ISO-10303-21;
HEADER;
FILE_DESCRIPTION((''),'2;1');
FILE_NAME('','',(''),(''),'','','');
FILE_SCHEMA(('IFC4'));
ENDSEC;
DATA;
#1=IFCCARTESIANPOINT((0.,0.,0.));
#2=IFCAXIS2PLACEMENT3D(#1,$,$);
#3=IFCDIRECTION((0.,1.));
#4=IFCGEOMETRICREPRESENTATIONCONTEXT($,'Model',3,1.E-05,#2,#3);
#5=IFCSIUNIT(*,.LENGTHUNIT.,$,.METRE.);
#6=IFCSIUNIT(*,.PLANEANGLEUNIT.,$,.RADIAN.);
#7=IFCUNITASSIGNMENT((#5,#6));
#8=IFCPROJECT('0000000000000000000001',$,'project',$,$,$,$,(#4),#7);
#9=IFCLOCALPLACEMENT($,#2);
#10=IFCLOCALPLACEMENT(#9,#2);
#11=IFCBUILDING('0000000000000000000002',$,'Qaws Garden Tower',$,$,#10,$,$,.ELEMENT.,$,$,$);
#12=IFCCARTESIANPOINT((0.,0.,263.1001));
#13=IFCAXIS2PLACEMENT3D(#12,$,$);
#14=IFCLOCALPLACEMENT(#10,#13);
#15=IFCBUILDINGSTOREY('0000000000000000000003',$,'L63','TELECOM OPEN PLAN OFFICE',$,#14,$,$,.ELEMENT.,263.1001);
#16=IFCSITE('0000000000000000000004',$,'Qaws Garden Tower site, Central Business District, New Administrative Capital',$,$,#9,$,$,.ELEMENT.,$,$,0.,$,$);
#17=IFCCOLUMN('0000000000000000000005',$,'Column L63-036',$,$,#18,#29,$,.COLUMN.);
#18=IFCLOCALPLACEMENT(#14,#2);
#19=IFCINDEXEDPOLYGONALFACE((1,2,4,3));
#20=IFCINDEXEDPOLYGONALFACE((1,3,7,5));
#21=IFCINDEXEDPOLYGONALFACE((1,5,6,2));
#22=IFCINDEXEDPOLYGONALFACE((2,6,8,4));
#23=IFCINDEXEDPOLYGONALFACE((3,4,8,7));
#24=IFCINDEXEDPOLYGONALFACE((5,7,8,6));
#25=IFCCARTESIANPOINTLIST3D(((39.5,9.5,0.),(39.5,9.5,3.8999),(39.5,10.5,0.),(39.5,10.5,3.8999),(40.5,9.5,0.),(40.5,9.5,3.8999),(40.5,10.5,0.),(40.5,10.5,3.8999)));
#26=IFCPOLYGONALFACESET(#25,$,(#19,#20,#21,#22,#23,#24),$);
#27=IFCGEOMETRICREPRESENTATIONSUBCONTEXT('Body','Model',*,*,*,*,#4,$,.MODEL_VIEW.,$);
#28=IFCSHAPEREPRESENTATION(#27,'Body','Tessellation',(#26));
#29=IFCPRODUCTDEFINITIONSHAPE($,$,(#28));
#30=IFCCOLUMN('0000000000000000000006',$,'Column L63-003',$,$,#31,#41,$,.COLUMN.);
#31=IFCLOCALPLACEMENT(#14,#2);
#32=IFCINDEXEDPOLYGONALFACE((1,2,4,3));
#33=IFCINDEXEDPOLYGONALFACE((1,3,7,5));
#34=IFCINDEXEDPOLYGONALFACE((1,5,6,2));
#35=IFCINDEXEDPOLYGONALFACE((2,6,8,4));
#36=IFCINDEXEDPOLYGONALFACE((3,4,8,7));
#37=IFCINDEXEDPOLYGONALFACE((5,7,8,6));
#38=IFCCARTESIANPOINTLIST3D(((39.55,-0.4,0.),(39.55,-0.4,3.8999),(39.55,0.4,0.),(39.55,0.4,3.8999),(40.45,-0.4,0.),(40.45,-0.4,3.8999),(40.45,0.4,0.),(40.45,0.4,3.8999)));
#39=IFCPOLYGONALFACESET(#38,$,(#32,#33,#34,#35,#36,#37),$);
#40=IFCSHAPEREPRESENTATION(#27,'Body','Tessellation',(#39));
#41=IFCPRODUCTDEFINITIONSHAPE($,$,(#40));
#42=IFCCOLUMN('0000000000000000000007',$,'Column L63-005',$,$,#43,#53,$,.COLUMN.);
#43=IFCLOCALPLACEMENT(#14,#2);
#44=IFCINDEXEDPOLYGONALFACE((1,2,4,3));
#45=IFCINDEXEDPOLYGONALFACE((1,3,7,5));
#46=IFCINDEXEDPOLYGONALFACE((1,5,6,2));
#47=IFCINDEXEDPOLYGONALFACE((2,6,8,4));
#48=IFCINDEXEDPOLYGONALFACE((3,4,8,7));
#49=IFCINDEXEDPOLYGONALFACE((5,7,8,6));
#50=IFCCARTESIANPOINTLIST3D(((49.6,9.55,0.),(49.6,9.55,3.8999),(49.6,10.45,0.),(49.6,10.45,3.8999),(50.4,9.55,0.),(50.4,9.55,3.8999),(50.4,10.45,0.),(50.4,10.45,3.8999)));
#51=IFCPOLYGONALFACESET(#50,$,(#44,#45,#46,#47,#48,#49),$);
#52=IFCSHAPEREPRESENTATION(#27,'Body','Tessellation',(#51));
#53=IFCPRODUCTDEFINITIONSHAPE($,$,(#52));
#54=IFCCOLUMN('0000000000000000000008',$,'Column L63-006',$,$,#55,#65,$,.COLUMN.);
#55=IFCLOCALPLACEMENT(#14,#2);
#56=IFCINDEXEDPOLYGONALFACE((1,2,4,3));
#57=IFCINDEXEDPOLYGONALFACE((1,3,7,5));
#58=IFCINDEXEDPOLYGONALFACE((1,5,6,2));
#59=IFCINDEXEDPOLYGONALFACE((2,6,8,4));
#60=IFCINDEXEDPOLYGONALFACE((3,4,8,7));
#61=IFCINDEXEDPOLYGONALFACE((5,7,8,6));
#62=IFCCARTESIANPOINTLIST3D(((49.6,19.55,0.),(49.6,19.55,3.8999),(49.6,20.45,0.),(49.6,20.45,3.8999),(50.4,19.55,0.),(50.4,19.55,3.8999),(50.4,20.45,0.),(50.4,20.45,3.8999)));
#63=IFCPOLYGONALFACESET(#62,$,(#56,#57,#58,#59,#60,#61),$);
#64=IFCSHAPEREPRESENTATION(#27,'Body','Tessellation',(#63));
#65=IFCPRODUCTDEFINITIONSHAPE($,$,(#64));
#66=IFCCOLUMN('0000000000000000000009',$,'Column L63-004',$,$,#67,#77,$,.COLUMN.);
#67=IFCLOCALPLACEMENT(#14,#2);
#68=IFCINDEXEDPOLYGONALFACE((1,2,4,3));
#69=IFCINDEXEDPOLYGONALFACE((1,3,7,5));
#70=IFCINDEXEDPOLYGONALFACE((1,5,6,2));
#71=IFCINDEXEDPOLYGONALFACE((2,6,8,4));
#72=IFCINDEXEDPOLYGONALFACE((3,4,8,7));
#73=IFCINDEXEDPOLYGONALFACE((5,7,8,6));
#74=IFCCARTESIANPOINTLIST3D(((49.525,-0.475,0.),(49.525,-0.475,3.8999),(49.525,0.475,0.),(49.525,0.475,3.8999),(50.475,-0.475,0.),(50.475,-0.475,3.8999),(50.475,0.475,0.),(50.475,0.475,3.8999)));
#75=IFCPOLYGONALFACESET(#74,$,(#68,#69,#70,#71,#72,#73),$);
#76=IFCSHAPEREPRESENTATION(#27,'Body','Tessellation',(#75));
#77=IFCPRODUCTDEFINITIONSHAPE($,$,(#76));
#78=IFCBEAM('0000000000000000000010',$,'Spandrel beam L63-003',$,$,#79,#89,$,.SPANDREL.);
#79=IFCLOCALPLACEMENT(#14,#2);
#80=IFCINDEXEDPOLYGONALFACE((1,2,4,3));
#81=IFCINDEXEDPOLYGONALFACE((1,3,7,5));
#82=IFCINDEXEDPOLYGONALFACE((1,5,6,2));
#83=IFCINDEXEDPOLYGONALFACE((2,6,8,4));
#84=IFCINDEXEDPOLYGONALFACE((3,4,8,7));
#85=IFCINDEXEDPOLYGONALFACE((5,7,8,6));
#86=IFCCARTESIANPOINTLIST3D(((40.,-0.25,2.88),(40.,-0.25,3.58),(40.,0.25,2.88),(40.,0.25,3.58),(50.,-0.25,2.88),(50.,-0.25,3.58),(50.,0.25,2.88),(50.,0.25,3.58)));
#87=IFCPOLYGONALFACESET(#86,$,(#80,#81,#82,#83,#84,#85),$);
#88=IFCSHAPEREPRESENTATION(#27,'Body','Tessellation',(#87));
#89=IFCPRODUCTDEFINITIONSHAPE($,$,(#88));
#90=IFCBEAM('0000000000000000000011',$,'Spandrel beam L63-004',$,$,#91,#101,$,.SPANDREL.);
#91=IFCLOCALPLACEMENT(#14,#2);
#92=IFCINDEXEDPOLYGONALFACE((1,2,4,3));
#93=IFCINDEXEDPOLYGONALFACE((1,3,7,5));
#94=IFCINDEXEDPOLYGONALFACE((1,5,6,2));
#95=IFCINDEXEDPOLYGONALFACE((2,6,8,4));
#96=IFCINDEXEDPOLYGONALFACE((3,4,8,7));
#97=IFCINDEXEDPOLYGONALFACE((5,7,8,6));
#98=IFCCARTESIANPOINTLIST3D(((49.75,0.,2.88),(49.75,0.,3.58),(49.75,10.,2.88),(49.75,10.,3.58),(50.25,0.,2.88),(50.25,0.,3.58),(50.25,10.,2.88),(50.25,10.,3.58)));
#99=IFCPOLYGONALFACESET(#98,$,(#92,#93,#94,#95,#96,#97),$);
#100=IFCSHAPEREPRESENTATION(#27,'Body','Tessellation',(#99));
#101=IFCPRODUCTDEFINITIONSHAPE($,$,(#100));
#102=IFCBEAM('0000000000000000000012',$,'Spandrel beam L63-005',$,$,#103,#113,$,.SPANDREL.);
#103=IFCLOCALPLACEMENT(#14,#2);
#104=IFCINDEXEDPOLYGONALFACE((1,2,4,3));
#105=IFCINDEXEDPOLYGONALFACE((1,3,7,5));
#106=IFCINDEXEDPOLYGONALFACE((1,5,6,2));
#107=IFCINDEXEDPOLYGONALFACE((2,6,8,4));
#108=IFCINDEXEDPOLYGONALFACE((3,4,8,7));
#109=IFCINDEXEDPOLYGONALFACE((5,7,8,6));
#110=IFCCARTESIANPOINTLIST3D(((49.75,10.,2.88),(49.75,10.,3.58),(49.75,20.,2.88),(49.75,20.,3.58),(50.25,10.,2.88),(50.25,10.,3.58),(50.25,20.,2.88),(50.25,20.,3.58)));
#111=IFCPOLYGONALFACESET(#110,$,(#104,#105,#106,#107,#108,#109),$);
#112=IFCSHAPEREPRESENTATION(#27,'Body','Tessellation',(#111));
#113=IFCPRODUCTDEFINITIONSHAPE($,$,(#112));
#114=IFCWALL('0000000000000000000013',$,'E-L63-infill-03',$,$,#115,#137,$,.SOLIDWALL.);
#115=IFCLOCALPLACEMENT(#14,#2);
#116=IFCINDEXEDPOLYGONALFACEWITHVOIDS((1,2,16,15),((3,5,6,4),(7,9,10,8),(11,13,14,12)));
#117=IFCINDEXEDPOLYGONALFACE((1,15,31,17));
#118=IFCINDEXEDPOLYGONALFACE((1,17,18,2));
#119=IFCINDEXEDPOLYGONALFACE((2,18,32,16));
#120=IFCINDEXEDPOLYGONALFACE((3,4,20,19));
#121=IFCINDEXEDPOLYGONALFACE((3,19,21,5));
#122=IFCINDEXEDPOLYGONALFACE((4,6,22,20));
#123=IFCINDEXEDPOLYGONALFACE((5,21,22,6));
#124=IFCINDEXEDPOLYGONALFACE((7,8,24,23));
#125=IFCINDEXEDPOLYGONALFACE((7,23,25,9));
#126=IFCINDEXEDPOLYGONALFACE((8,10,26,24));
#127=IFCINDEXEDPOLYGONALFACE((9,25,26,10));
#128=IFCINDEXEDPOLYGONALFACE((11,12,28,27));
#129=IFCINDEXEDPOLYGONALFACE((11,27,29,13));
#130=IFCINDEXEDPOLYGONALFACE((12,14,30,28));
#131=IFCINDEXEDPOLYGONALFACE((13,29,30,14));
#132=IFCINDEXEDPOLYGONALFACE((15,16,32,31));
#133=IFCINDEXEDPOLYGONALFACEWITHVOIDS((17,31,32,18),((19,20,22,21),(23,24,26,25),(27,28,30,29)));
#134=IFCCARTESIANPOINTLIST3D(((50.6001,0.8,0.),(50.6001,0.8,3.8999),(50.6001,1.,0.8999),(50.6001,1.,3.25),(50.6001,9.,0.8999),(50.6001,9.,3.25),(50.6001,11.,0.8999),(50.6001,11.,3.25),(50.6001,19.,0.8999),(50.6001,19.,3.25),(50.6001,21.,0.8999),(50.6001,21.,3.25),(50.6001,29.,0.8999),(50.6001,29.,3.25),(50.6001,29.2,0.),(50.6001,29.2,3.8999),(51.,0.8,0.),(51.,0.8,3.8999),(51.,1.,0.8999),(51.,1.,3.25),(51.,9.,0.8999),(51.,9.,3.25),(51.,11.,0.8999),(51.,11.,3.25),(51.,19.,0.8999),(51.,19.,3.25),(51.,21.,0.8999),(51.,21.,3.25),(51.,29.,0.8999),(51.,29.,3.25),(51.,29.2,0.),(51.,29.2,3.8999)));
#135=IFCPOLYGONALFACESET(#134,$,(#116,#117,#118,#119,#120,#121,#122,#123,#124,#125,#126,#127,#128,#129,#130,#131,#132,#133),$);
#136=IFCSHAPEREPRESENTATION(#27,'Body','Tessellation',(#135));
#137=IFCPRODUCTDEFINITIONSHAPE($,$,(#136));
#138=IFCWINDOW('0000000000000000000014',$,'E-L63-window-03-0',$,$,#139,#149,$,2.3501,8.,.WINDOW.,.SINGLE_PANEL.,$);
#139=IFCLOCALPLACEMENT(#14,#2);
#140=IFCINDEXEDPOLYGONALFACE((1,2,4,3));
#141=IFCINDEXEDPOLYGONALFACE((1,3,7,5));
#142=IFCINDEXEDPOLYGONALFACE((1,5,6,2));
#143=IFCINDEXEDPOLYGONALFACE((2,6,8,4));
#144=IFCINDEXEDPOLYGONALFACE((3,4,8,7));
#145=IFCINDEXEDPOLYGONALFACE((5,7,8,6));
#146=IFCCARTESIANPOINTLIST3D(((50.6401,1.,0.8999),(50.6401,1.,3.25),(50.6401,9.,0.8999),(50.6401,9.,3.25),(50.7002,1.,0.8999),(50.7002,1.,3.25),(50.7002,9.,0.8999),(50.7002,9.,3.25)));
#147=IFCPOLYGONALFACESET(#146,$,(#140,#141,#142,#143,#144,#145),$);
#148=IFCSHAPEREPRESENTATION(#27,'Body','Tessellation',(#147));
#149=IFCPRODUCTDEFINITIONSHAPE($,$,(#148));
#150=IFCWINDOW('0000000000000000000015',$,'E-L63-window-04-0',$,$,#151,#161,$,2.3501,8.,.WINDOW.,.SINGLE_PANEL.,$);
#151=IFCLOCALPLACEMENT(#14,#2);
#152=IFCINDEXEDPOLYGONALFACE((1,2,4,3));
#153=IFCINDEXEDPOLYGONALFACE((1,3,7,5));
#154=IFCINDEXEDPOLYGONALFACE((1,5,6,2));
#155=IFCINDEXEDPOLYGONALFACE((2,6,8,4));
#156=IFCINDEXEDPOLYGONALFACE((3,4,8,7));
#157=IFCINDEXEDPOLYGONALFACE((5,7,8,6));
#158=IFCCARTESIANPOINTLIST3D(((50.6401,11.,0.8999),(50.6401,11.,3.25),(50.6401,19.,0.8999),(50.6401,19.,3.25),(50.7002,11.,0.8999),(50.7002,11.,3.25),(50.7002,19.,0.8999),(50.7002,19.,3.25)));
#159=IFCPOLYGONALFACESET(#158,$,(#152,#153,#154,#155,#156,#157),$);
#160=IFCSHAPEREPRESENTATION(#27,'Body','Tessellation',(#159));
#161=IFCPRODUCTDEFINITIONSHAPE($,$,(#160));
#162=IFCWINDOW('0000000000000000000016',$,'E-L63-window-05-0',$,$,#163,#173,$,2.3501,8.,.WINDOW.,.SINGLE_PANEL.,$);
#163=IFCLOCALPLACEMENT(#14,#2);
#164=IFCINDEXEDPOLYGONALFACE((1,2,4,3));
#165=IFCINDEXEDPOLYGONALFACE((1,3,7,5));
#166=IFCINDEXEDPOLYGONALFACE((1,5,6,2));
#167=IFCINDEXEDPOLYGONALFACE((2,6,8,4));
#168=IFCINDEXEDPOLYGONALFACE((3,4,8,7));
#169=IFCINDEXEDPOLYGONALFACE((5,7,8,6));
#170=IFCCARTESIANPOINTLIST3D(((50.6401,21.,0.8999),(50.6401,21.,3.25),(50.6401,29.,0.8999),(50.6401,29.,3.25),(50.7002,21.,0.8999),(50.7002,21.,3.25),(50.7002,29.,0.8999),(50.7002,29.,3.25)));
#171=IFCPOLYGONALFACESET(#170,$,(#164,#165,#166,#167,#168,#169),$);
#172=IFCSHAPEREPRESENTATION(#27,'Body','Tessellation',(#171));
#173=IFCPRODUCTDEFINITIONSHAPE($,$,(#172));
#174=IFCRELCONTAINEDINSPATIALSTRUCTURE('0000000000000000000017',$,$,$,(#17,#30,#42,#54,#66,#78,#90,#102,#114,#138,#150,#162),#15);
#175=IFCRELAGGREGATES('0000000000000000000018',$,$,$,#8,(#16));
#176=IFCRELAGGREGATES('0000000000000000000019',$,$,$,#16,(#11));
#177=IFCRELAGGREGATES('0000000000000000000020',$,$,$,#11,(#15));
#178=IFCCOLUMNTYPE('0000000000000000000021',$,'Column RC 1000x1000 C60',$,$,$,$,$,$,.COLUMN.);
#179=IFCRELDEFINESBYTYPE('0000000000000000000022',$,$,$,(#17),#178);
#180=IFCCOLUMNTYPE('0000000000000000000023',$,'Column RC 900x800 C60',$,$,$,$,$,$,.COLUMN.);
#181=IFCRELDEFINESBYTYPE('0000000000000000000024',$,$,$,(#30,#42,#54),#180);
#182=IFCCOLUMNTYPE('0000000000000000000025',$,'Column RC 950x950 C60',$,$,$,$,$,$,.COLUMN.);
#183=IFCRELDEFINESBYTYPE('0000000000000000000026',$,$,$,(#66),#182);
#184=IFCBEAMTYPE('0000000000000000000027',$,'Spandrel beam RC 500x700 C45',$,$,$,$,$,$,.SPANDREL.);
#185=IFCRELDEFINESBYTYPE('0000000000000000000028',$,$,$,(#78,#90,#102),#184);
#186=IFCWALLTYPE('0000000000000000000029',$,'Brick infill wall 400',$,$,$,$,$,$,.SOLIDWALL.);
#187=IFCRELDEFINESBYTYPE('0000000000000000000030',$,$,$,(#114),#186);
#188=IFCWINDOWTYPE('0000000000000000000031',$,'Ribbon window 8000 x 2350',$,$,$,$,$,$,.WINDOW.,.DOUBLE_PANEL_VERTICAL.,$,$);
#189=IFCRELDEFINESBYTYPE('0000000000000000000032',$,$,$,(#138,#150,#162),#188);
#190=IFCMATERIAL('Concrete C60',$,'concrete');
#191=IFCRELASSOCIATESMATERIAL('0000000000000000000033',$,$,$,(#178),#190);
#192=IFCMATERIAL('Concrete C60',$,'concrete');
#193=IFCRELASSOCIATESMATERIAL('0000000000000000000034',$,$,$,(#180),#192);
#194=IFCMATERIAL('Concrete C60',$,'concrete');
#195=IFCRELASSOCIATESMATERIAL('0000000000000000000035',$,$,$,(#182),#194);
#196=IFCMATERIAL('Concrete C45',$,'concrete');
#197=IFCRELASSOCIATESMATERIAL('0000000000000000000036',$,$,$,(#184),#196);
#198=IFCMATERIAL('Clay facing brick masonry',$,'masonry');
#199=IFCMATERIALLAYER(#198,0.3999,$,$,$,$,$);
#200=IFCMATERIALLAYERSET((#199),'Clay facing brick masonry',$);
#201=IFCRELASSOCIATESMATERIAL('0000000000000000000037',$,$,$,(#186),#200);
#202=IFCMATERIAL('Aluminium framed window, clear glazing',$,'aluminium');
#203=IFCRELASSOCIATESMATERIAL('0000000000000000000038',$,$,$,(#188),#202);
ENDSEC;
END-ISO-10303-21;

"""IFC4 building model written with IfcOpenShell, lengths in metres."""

from ifc_helpers import new_model, si_unit, direction, frame, frame_2d, origin, origin_2d, place, context, subcontext, project, spatial, rectangle, extrude, material, layer, layer_set, material_profile, profile_set, type_object, element, fill, save


model = new_model("IFC4")

# Units and contexts
model_context = context("Model", 3, precision=1e-05, world=origin(), true_north=direction((0.0, 1.0)))
body_context = subcontext(model_context, "Body", "Model", "MODEL_VIEW")
ifc_project = project(units=[si_unit("LENGTHUNIT", "METRE"), si_unit("PLANEANGLEUNIT", "RADIAN")], contexts=[model_context])

# Site, building, storey
site_placement = place(None, origin())
site = spatial("IfcSite", under=ifc_project, at=site_placement, Name="Qaws Garden Tower site, Central Business District, New Administrative Capital", CompositionType="ELEMENT", RefElevation=0.0)
building_placement = place(site_placement, origin())
building = spatial("IfcBuilding", under=site, at=building_placement, Name="Qaws Garden Tower", CompositionType="ELEMENT")
storey_placement = place(building_placement, frame((0.0, 0.0, 263.1001)))
storey = spatial("IfcBuildingStorey", under=building, at=storey_placement, Name="L63", Description="TELECOM OPEN PLAN OFFICE", CompositionType="ELEMENT", Elevation=263.1001)

# Columns
ifc_material_1 = material(Name="Concrete C60", Category="concrete")
ifc_material_profile_1 = material_profile(ifc_material_1, rectangle(XDim=1.0, YDim=1.0, at=origin_2d()), Name="RC 1000x1000")
ifc_profile_set_1 = profile_set([ifc_material_profile_1], Name="Concrete C60")
column_type_1 = type_object("IfcColumnType", Name="Column RC 1000x1000 C60", PredefinedType="COLUMN", material=ifc_profile_set_1)
column_1_placement = place(storey_placement, frame((40.0, 10.0, 0.0), z_axis=(0.0, 0.0, 1.0), x_axis=(1.0, 0.0, 0.0)))
element("IfcColumn", 1, at=column_1_placement, inside=storey, type_object=column_type_1, Name="Column L63-036", PredefinedType="COLUMN", context=body_context, shape_type="SweptSolid", body=[
    extrude(rectangle(XDim=1.0, YDim=1.0, at=origin_2d()), origin(), (0.0, 0.0, 1.0), 3.8999),
])
ifc_material_2 = material(Name="Concrete C60", Category="concrete")
ifc_material_profile_2 = material_profile(ifc_material_2, rectangle(XDim=0.8999, YDim=0.8, at=origin_2d()), Name="RC 900x800")
ifc_profile_set_2 = profile_set([ifc_material_profile_2], Name="Concrete C60")
column_type_2 = type_object("IfcColumnType", Name="Column RC 900x800 C60", PredefinedType="COLUMN", material=ifc_profile_set_2)
for number, where, z_axis, x_axis, name in (
    (2, (40.0, 0.0, 0.0), (0.0, 0.0, 1.0), (1.0, 0.0, 0.0), "Column L63-003"),
    (3, (50.0, 10.0, 0.0), (0.0, 0.0, 1.0), (0.0, 1.0, 0.0), "Column L63-005"),
    (4, (50.0, 20.0, 0.0), (0.0, 0.0, 1.0), (0.0, 1.0, 0.0), "Column L63-006"),
):
    element("IfcColumn", number, at=place(storey_placement, frame(where, z_axis=z_axis, x_axis=x_axis)), inside=storey, type_object=column_type_2, Name=name, PredefinedType="COLUMN", context=body_context, shape_type="SweptSolid", body=[
        extrude(rectangle(XDim=0.8999, YDim=0.8, at=origin_2d()), origin(), (0.0, 0.0, 1.0), 3.8999),
    ])
ifc_material_3 = material(Name="Concrete C60", Category="concrete")
ifc_material_profile_3 = material_profile(ifc_material_3, rectangle(XDim=0.95, YDim=0.95, at=origin_2d()), Name="RC 950x950")
ifc_profile_set_3 = profile_set([ifc_material_profile_3], Name="Concrete C60")
column_type_3 = type_object("IfcColumnType", Name="Column RC 950x950 C60", PredefinedType="COLUMN", material=ifc_profile_set_3)
column_2_placement = place(storey_placement, frame((50.0, 0.0, 0.0), z_axis=(0.0, 0.0, 1.0), x_axis=(1.0, 0.0, 0.0)))
element("IfcColumn", 5, at=column_2_placement, inside=storey, type_object=column_type_3, Name="Column L63-004", PredefinedType="COLUMN", context=body_context, shape_type="SweptSolid", body=[
    extrude(rectangle(XDim=0.95, YDim=0.95, at=origin_2d()), origin(), (0.0, 0.0, 1.0), 3.8999),
])

# Beams
ifc_material_4 = material(Name="Concrete C45", Category="concrete")
ifc_material_profile_4 = material_profile(ifc_material_4, rectangle(XDim=0.5, YDim=0.7, at=origin_2d()), Name="RC 500x700")
ifc_profile_set_4 = profile_set([ifc_material_profile_4], Name="Concrete C45")
beam_type = type_object("IfcBeamType", Name="Spandrel beam RC 500x700 C45", PredefinedType="SPANDREL", material=ifc_profile_set_4)
for number, where, z_axis, x_axis, name in (
    (6, (40.0, 0.0, 3.23), (1.0, 0.0, 0.0), (0.0, 1.0, 0.0), "Spandrel beam L63-003"),
    (7, (50.0, 0.0, 3.23), (0.0, 1.0, 0.0), (-1.0, 0.0, 0.0), "Spandrel beam L63-004"),
    (8, (50.0, 10.0, 3.23), (0.0, 1.0, 0.0), (-1.0, 0.0, 0.0), "Spandrel beam L63-005"),
):
    element("IfcBeam", number, at=place(storey_placement, frame(where, z_axis=z_axis, x_axis=x_axis)), inside=storey, type_object=beam_type, Name=name, PredefinedType="SPANDREL", context=body_context, shape_type="SweptSolid", body=[
        extrude(rectangle(XDim=0.5, YDim=0.7, at=origin_2d()), origin(), (0.0, 0.0, 1.0), 10.0),
    ])

# Wall, openings, windows
ifc_material_5 = material(Name="Clay facing brick masonry", Category="masonry")
ifc_layer_1 = layer(ifc_material_5, 0.3999)
ifc_layer_set_1 = layer_set([ifc_layer_1], Name="Clay facing brick masonry")
wall_type_1 = type_object("IfcWallType", Name="Brick infill wall 400", PredefinedType="SOLIDWALL", material=ifc_layer_set_1)
wall_1_placement = place(storey_placement, frame((50.8, 0.8, 0.0), z_axis=(0.0, 0.0, 1.0), x_axis=(0.0, 1.0, 0.0)))
wall_1 = element("IfcWall", 9, at=wall_1_placement, inside=storey, type_object=wall_type_1, Name="E-L63-infill-03", PredefinedType="SOLIDWALL", context=body_context, shape_type="SweptSolid", body=[
    extrude(rectangle(XDim=28.3999, YDim=0.3999, at=frame_2d((14.2, 0.0))), origin(), (0.0, 0.0, 1.0), 3.8999),
])
opening_1_placement = place(wall_1_placement, frame((0.2, 0.0, 0.8999)))
opening_1 = element("IfcOpeningElement", 10, at=opening_1_placement, cuts=wall_1, PredefinedType="OPENING", context=body_context, shape_type="SweptSolid", body=[
    extrude(rectangle(XDim=8.0, YDim=2.3501, at=frame_2d((4.0, 1.175))), frame((0.0, 0.21, 0.0), z_axis=(0.0, -1.0, 0.0), x_axis=(1.0, 0.0, 0.0)), (0.0, 0.0, 1.0), 0.4199),
])
opening_2_placement = place(wall_1_placement, frame((10.2, 0.0, 0.8999)))
opening_2 = element("IfcOpeningElement", 11, at=opening_2_placement, cuts=wall_1, PredefinedType="OPENING", context=body_context, shape_type="SweptSolid", body=[
    extrude(rectangle(XDim=8.0, YDim=2.3501, at=frame_2d((4.0, 1.175))), frame((0.0, 0.21, 0.0), z_axis=(0.0, -1.0, 0.0), x_axis=(1.0, 0.0, 0.0)), (0.0, 0.0, 1.0), 0.4199),
])
opening_3_placement = place(wall_1_placement, frame((20.2, 0.0, 0.8999)))
opening_3 = element("IfcOpeningElement", 12, at=opening_3_placement, cuts=wall_1, PredefinedType="OPENING", context=body_context, shape_type="SweptSolid", body=[
    extrude(rectangle(XDim=8.0, YDim=2.3501, at=frame_2d((4.0, 1.175))), frame((0.0, 0.21, 0.0), z_axis=(0.0, -1.0, 0.0), x_axis=(1.0, 0.0, 0.0)), (0.0, 0.0, 1.0), 0.4199),
])
ifc_material_6 = material(Name="Aluminium framed window, clear glazing", Category="aluminium")
window_type = type_object("IfcWindowType", Name="Ribbon window 8000 x 2350", PartitioningType="DOUBLE_PANEL_VERTICAL", PredefinedType="WINDOW", material=ifc_material_6)
window_1_placement = place(opening_1_placement, origin())
window_1 = element("IfcWindow", 13, at=window_1_placement, inside=storey, type_object=window_type, Name="E-L63-window-03-0", OverallHeight=2.3501, OverallWidth=8.0, PartitioningType="SINGLE_PANEL", PredefinedType="WINDOW", context=body_context, shape_type="SweptSolid", body=[
    extrude(rectangle(XDim=8.0, YDim=2.3501, at=frame_2d((4.0, 1.175))), frame((0.0, 0.1599, 0.0), z_axis=(0.0, -1.0, 0.0), x_axis=(1.0, 0.0, 0.0)), (0.0, 0.0, 1.0), 0.0601),
])
fill(opening_1, window_1)
window_2_placement = place(opening_2_placement, origin())
window_2 = element("IfcWindow", 14, at=window_2_placement, inside=storey, type_object=window_type, Name="E-L63-window-04-0", OverallHeight=2.3501, OverallWidth=8.0, PartitioningType="SINGLE_PANEL", PredefinedType="WINDOW", context=body_context, shape_type="SweptSolid", body=[
    extrude(rectangle(XDim=8.0, YDim=2.3501, at=frame_2d((4.0, 1.175))), frame((0.0, 0.1599, 0.0), z_axis=(0.0, -1.0, 0.0), x_axis=(1.0, 0.0, 0.0)), (0.0, 0.0, 1.0), 0.0601),
])
fill(opening_2, window_2)
window_3_placement = place(opening_3_placement, origin())
window_3 = element("IfcWindow", 15, at=window_3_placement, inside=storey, type_object=window_type, Name="E-L63-window-05-0", OverallHeight=2.3501, OverallWidth=8.0, PartitioningType="SINGLE_PANEL", PredefinedType="WINDOW", context=body_context, shape_type="SweptSolid", body=[
    extrude(rectangle(XDim=8.0, YDim=2.3501, at=frame_2d((4.0, 1.175))), frame((0.0, 0.1599, 0.0), z_axis=(0.0, -1.0, 0.0), x_axis=(1.0, 0.0, 0.0)), (0.0, 0.0, 1.0), 0.0601),
])
fill(opening_3, window_3)

save(model, "model.ifc")
